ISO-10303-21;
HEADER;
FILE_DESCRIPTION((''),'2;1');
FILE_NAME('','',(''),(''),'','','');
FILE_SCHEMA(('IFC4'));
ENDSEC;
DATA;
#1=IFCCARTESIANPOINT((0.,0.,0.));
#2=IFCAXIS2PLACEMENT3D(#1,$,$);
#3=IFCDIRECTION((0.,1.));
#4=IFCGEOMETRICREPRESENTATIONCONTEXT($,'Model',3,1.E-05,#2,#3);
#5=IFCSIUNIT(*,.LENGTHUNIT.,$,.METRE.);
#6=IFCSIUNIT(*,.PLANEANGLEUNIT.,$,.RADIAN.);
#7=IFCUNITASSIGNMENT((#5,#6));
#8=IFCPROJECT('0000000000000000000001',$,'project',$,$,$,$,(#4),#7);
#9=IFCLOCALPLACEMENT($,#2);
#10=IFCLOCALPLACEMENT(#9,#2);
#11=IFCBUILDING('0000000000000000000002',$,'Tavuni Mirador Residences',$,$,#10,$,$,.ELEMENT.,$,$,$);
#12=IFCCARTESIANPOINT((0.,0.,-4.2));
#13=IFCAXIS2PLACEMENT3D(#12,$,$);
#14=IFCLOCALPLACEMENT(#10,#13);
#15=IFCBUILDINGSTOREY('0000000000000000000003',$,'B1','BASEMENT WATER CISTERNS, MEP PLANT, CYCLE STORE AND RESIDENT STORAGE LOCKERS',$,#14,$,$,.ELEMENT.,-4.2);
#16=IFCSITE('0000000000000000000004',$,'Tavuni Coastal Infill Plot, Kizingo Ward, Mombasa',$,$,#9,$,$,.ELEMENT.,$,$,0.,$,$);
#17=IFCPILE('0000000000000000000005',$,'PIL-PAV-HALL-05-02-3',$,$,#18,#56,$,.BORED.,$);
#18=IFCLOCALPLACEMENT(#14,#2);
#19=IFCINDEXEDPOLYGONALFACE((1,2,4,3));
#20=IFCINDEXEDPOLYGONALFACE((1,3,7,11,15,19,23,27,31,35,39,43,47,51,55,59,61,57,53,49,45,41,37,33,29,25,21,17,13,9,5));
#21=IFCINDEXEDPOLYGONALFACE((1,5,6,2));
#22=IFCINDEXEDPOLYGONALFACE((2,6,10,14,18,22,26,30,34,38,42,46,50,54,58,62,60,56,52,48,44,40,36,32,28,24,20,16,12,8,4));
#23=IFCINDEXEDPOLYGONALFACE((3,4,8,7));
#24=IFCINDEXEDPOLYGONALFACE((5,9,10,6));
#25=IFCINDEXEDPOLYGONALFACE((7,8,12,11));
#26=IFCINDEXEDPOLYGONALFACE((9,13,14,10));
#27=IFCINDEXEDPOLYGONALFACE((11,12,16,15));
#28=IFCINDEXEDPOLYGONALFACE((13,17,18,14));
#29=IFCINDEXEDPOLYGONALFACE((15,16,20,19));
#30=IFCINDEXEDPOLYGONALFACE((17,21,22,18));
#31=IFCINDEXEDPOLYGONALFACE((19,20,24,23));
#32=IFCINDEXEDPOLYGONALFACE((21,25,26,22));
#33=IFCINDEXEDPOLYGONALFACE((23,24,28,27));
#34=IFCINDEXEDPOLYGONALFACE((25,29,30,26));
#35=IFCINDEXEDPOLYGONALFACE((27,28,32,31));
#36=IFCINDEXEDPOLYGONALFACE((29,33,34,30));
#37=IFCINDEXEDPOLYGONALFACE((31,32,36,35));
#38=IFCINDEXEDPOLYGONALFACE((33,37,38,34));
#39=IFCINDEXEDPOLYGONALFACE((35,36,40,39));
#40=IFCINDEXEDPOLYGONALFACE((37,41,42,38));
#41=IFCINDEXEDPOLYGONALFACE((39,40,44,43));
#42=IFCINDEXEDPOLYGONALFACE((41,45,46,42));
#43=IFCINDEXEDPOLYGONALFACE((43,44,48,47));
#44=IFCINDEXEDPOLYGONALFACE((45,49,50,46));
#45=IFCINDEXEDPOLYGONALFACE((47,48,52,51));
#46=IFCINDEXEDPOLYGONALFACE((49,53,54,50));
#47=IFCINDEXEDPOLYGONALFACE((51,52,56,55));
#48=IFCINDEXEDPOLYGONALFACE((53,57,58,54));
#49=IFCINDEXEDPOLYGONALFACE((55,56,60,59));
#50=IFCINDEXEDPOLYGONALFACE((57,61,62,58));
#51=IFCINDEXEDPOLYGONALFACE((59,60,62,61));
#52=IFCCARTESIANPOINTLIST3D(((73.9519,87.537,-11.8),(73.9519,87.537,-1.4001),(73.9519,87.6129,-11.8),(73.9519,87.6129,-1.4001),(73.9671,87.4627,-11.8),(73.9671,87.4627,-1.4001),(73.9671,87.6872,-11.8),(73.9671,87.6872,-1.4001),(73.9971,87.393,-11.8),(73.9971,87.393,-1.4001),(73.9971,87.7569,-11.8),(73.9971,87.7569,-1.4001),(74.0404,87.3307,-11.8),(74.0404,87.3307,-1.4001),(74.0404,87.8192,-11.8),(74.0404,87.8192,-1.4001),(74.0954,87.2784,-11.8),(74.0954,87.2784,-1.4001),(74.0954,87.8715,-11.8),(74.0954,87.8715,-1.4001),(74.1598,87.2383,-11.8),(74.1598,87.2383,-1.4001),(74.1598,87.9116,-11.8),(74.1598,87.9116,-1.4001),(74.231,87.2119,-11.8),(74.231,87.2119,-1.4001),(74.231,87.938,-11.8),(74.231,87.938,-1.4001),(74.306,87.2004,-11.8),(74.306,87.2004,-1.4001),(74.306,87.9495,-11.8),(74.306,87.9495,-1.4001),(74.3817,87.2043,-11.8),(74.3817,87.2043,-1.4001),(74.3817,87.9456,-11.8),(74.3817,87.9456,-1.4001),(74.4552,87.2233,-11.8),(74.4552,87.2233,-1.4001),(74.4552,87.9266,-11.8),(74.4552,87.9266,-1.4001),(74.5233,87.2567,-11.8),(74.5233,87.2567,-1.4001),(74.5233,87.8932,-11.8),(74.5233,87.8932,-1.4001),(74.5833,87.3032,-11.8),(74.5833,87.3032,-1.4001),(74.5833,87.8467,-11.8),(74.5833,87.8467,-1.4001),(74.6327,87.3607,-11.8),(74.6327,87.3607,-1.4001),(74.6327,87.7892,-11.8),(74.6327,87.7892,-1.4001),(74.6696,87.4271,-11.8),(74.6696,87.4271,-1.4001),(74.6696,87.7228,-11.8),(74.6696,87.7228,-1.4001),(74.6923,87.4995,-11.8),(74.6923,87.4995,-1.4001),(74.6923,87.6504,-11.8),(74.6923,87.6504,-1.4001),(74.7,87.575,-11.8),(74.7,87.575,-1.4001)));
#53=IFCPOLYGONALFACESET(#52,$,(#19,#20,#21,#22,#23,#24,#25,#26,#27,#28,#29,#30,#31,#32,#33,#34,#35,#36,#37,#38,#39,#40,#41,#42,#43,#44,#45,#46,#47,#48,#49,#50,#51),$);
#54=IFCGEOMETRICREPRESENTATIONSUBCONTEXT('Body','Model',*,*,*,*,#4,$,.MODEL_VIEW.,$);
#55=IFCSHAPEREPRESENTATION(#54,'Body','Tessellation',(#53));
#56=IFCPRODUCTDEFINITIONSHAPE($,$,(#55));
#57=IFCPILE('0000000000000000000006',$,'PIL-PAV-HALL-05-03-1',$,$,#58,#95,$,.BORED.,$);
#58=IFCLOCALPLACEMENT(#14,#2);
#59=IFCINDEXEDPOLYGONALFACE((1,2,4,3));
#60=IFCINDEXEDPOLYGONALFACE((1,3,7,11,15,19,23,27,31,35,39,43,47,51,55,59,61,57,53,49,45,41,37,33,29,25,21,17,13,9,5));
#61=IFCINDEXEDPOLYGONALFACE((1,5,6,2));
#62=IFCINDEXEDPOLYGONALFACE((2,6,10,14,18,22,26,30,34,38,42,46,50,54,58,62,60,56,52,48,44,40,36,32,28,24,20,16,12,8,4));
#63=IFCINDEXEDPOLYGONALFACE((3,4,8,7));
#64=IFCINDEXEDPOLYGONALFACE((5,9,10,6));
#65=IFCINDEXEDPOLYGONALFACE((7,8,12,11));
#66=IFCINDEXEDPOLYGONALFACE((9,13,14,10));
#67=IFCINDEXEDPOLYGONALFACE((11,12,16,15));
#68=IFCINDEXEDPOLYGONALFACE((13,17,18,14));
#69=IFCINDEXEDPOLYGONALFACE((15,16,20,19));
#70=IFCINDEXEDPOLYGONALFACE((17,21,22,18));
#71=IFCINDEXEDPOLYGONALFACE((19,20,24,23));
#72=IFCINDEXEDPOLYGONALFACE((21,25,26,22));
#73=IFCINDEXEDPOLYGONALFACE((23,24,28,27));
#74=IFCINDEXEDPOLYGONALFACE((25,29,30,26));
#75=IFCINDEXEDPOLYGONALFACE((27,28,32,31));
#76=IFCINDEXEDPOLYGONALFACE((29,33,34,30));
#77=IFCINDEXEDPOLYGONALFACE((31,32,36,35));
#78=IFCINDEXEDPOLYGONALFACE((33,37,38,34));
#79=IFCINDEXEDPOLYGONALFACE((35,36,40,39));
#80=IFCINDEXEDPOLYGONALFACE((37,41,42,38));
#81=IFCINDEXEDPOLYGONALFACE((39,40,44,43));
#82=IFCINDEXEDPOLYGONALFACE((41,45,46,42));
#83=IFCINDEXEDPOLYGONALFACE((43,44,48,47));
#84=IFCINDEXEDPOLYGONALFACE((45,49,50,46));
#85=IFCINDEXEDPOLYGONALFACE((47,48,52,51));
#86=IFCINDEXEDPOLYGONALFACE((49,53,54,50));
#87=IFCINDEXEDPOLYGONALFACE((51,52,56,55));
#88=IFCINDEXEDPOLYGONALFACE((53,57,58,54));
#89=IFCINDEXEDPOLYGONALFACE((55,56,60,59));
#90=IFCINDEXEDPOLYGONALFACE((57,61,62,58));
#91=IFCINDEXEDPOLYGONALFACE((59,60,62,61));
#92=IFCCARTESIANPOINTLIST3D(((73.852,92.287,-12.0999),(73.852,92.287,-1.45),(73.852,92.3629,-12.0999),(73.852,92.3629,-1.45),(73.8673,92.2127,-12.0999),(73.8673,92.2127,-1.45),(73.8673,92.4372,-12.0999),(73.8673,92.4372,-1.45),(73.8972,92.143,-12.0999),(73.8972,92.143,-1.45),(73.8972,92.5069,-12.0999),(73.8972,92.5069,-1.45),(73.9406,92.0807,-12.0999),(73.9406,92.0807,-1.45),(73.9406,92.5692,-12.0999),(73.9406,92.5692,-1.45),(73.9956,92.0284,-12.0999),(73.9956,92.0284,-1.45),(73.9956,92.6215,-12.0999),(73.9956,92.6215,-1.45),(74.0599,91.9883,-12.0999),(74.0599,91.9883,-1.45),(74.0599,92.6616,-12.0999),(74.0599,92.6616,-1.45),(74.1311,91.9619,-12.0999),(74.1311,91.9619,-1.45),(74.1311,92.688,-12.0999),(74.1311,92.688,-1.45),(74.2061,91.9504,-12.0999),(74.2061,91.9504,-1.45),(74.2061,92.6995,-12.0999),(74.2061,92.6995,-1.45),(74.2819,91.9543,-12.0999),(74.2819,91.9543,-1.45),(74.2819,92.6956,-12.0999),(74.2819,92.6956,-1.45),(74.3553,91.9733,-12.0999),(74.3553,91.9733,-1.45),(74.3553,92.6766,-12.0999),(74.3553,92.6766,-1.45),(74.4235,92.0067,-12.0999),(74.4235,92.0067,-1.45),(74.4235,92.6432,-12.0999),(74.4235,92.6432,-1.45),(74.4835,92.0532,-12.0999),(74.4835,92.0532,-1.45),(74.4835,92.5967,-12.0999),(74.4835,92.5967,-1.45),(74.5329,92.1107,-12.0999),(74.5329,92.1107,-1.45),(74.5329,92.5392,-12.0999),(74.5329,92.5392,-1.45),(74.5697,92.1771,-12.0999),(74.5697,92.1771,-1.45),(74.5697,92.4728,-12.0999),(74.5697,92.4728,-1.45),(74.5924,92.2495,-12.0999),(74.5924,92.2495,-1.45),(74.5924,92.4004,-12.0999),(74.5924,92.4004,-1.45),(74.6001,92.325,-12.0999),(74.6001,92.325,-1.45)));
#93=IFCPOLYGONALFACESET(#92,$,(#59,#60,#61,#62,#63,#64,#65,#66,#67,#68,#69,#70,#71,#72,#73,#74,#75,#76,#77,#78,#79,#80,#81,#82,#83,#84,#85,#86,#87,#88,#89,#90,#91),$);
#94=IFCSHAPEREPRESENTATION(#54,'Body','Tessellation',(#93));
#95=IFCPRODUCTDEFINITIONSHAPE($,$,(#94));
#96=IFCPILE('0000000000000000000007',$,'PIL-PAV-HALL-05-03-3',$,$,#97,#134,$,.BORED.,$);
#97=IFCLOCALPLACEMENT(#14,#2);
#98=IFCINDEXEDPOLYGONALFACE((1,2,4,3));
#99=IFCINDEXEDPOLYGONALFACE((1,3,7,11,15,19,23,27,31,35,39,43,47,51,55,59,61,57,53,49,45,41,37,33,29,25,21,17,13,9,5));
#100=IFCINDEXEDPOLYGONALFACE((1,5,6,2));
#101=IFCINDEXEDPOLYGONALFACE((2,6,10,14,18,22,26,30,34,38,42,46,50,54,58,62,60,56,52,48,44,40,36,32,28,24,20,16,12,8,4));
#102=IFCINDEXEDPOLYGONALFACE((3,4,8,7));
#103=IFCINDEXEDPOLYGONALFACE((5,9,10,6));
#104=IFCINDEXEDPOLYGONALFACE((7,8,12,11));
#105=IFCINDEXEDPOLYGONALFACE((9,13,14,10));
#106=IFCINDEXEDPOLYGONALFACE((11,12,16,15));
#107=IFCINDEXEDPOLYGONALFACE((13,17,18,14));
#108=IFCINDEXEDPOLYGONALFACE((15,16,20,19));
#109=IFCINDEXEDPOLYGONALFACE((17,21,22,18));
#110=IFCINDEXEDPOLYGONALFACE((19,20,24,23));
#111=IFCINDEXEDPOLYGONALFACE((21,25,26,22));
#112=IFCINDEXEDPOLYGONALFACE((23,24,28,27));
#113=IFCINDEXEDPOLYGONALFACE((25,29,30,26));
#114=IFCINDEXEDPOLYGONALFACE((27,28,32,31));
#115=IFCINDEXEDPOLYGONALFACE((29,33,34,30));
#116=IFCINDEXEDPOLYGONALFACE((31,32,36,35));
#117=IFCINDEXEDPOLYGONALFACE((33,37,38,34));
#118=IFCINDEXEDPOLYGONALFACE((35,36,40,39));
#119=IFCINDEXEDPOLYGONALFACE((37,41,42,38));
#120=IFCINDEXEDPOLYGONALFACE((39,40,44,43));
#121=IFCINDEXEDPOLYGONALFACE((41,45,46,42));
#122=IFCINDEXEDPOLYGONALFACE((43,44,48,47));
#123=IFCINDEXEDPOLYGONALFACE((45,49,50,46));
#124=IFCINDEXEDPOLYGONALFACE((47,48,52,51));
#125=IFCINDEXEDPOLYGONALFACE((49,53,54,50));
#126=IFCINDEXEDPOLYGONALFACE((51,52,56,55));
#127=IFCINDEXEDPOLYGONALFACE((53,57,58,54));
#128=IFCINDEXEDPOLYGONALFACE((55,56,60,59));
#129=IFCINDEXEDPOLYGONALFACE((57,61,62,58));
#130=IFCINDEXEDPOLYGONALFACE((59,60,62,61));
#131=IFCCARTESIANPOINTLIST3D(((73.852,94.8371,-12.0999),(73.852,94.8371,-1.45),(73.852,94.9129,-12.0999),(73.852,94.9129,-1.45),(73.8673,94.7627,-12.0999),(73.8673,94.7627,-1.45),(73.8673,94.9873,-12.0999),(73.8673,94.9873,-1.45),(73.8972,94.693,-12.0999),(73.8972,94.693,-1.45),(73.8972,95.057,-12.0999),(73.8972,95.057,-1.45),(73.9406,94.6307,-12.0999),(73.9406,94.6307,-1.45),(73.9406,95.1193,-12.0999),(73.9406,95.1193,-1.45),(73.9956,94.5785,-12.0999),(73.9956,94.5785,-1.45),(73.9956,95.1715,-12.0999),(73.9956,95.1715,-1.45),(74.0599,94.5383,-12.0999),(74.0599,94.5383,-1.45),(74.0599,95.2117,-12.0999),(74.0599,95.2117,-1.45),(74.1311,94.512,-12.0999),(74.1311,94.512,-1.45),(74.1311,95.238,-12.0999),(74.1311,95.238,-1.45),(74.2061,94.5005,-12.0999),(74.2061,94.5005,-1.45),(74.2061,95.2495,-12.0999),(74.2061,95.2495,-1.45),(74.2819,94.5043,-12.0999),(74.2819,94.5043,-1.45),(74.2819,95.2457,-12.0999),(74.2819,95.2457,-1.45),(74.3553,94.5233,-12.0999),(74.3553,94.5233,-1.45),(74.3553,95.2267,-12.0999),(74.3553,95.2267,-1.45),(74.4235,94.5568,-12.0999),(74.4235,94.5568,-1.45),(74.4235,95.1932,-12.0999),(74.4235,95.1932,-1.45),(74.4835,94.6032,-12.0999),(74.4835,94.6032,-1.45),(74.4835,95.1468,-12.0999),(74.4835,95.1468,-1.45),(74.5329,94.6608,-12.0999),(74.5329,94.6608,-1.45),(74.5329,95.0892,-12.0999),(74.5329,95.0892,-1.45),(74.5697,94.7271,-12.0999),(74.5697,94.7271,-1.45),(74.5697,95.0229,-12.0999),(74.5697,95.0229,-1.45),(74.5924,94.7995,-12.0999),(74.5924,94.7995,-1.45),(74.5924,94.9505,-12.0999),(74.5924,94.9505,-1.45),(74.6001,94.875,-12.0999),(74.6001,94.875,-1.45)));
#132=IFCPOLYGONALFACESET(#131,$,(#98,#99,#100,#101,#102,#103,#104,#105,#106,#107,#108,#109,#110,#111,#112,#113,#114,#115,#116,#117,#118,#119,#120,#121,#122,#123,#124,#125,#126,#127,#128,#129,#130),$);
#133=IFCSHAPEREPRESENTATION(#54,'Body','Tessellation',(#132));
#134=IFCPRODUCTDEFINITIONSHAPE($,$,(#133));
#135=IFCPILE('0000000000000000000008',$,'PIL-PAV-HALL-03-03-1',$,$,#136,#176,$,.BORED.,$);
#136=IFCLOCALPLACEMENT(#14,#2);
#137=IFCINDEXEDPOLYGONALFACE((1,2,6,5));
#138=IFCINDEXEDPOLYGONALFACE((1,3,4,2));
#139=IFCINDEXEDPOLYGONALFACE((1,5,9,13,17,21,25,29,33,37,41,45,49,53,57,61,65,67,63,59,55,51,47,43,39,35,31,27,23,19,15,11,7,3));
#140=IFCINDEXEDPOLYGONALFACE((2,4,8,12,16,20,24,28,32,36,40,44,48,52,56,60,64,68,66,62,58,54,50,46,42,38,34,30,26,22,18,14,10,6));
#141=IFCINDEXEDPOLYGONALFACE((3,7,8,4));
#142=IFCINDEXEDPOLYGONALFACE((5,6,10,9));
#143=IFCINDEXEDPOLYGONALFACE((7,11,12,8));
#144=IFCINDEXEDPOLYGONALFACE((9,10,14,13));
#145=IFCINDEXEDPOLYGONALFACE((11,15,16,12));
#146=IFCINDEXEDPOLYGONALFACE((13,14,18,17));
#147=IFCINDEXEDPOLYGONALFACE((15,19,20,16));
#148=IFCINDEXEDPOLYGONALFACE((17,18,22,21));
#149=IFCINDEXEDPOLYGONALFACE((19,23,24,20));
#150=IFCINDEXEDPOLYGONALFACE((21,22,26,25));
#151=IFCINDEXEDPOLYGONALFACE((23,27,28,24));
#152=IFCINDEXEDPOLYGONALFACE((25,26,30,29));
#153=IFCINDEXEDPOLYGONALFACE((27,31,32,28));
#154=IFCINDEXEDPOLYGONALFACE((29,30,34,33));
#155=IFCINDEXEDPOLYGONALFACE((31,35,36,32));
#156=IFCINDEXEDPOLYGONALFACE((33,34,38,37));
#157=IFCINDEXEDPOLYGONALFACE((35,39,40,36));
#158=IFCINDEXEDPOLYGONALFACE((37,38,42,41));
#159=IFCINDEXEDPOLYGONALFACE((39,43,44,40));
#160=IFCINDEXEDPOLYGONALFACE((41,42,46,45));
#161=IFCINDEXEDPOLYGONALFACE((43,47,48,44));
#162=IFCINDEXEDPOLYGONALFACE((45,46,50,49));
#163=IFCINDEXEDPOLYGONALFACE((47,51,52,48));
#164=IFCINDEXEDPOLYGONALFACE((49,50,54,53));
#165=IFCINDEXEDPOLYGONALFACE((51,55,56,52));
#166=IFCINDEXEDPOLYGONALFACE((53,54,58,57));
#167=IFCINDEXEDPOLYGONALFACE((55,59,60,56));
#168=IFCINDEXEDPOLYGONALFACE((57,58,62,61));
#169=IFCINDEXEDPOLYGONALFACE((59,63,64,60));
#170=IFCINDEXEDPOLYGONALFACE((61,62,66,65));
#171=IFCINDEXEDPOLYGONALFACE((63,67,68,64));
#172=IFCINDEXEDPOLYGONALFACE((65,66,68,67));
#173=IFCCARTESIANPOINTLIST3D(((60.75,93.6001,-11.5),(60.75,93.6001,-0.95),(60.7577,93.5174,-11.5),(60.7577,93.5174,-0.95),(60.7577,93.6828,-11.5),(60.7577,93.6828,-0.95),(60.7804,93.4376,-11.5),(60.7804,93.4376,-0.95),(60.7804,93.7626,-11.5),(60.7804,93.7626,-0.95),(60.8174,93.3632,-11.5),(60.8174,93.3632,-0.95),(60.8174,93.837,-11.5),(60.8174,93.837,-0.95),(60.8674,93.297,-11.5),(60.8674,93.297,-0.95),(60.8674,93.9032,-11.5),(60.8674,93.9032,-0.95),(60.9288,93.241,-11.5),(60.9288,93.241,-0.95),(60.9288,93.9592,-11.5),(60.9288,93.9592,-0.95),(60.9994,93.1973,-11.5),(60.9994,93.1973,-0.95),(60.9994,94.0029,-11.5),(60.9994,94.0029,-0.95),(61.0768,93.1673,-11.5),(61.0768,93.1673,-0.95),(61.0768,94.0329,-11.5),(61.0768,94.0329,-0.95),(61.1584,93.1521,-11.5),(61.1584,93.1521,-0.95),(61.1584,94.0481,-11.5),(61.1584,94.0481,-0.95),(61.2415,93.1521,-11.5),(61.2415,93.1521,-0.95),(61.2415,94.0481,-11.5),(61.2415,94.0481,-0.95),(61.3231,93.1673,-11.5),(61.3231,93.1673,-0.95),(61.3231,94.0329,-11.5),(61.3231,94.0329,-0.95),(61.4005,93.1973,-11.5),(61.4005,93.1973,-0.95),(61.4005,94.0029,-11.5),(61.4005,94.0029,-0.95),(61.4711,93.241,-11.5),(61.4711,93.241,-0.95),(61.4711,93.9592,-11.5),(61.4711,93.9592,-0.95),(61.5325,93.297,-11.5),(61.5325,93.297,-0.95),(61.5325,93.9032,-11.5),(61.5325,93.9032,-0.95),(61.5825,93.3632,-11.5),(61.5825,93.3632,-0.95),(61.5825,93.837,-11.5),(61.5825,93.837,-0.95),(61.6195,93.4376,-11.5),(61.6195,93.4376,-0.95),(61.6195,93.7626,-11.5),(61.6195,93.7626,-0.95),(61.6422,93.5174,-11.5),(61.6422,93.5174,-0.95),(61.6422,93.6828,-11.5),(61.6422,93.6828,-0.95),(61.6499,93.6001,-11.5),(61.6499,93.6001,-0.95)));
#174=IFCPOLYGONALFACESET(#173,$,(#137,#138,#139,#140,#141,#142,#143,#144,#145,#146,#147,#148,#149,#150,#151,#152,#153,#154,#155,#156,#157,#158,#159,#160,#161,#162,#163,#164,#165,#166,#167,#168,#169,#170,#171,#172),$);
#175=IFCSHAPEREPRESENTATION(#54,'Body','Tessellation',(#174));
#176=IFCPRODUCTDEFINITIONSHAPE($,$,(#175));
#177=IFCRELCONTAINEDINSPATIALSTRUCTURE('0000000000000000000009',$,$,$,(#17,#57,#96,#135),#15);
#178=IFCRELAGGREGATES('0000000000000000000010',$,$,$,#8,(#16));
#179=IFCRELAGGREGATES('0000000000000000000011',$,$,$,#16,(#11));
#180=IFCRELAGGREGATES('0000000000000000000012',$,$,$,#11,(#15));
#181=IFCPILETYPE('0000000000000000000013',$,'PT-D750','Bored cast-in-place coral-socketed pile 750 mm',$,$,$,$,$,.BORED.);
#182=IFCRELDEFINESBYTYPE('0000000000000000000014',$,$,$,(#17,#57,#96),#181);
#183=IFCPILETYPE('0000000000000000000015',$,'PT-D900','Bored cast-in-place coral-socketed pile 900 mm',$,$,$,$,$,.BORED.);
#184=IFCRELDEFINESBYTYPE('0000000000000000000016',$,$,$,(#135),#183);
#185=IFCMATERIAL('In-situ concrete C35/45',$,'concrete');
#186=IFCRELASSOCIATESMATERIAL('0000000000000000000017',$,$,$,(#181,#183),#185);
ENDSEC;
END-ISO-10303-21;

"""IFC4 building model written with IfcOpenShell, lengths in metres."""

from ifc_helpers import new_model, si_unit, direction, frame, origin, origin_2d, place, context, subcontext, project, spatial, circle, extrude, material, material_profile, profile_set, type_object, element, save


model = new_model("IFC4")

# Units and contexts
model_context = context("Model", 3, precision=1e-05, world=origin(), true_north=direction((0.0, 1.0)))
body_context = subcontext(model_context, "Body", "Model", "MODEL_VIEW")
ifc_project = project(units=[si_unit("LENGTHUNIT", "METRE"), si_unit("PLANEANGLEUNIT", "RADIAN")], contexts=[model_context])

# Site, building, storey
site_placement = place(None, origin())
site = spatial("IfcSite", under=ifc_project, at=site_placement, Name="Tavuni Coastal Infill Plot, Kizingo Ward, Mombasa", CompositionType="ELEMENT", RefElevation=0.0)
building_placement = place(site_placement, origin())
building = spatial("IfcBuilding", under=site, at=building_placement, Name="Tavuni Mirador Residences", CompositionType="ELEMENT")
storey_placement = place(building_placement, frame((0.0, 0.0, -4.2)))
storey = spatial("IfcBuildingStorey", under=building, at=storey_placement, Name="B1", Description="BASEMENT WATER CISTERNS, MEP PLANT, CYCLE STORE AND RESIDENT STORAGE LOCKERS", CompositionType="ELEMENT", Elevation=-4.2)

# Shared definitions
ifc_material_1 = material(Name="In-situ concrete C35/45", Category="concrete")

# Piles
ifc_material_profile_1 = material_profile(ifc_material_1, circle(Radius=0.375, at=origin_2d()), Name="PILE D750", Category="concrete")
ifc_profile_set_1 = profile_set([ifc_material_profile_1], Name="In-situ concrete C35/45")
pile_type_1 = type_object("IfcPileType", Name="PT-D750", Description="Bored cast-in-place coral-socketed pile 750 mm", PredefinedType="BORED", material=ifc_profile_set_1)
pile_1_placement = place(storey_placement, frame((74.325, 87.575, -1.4001), z_axis=(0.0, 0.0, -1.0), x_axis=(1.0, 0.0, 0.0)))
element("IfcPile", 1, at=pile_1_placement, inside=storey, type_object=pile_type_1, Name="PIL-PAV-HALL-05-02-3", PredefinedType="BORED", context=body_context, shape_type="SweptSolid", body=[
    extrude(circle(Radius=0.375, at=origin_2d()), origin(), (0.0, 0.0, 1.0), 10.3999),
])
for number, where, z_axis, x_axis, name in (
    (2, (74.2251, 92.325, -1.45), (0.0, 0.0, -1.0), (1.0, 0.0, 0.0), "PIL-PAV-HALL-05-03-1"),
    (3, (74.2251, 94.875, -1.45), (0.0, 0.0, -1.0), (1.0, 0.0, 0.0), "PIL-PAV-HALL-05-03-3"),
):
    element("IfcPile", number, at=place(storey_placement, frame(where, z_axis=z_axis, x_axis=x_axis)), inside=storey, type_object=pile_type_1, Name=name, PredefinedType="BORED", context=body_context, shape_type="SweptSolid", body=[
        extrude(circle(Radius=0.375, at=origin_2d()), origin(), (0.0, 0.0, 1.0), 10.6499),
    ])
ifc_material_profile_2 = material_profile(ifc_material_1, circle(Radius=0.45, at=origin_2d()), Name="PILE D900", Category="concrete")
ifc_profile_set_2 = profile_set([ifc_material_profile_2], Name="In-situ concrete C35/45")
pile_type_2 = type_object("IfcPileType", Name="PT-D900", Description="Bored cast-in-place coral-socketed pile 900 mm", PredefinedType="BORED", material=ifc_profile_set_2)
pile_2_placement = place(storey_placement, frame((61.2, 93.6001, -0.95), z_axis=(0.0, 0.0, -1.0), x_axis=(1.0, 0.0, 0.0)))
element("IfcPile", 4, at=pile_2_placement, inside=storey, type_object=pile_type_2, Name="PIL-PAV-HALL-03-03-1", PredefinedType="BORED", context=body_context, shape_type="SweptSolid", body=[
    extrude(circle(Radius=0.45, at=origin_2d()), origin(), (0.0, 0.0, 1.0), 10.55),
])

save(model, "model.ifc")
